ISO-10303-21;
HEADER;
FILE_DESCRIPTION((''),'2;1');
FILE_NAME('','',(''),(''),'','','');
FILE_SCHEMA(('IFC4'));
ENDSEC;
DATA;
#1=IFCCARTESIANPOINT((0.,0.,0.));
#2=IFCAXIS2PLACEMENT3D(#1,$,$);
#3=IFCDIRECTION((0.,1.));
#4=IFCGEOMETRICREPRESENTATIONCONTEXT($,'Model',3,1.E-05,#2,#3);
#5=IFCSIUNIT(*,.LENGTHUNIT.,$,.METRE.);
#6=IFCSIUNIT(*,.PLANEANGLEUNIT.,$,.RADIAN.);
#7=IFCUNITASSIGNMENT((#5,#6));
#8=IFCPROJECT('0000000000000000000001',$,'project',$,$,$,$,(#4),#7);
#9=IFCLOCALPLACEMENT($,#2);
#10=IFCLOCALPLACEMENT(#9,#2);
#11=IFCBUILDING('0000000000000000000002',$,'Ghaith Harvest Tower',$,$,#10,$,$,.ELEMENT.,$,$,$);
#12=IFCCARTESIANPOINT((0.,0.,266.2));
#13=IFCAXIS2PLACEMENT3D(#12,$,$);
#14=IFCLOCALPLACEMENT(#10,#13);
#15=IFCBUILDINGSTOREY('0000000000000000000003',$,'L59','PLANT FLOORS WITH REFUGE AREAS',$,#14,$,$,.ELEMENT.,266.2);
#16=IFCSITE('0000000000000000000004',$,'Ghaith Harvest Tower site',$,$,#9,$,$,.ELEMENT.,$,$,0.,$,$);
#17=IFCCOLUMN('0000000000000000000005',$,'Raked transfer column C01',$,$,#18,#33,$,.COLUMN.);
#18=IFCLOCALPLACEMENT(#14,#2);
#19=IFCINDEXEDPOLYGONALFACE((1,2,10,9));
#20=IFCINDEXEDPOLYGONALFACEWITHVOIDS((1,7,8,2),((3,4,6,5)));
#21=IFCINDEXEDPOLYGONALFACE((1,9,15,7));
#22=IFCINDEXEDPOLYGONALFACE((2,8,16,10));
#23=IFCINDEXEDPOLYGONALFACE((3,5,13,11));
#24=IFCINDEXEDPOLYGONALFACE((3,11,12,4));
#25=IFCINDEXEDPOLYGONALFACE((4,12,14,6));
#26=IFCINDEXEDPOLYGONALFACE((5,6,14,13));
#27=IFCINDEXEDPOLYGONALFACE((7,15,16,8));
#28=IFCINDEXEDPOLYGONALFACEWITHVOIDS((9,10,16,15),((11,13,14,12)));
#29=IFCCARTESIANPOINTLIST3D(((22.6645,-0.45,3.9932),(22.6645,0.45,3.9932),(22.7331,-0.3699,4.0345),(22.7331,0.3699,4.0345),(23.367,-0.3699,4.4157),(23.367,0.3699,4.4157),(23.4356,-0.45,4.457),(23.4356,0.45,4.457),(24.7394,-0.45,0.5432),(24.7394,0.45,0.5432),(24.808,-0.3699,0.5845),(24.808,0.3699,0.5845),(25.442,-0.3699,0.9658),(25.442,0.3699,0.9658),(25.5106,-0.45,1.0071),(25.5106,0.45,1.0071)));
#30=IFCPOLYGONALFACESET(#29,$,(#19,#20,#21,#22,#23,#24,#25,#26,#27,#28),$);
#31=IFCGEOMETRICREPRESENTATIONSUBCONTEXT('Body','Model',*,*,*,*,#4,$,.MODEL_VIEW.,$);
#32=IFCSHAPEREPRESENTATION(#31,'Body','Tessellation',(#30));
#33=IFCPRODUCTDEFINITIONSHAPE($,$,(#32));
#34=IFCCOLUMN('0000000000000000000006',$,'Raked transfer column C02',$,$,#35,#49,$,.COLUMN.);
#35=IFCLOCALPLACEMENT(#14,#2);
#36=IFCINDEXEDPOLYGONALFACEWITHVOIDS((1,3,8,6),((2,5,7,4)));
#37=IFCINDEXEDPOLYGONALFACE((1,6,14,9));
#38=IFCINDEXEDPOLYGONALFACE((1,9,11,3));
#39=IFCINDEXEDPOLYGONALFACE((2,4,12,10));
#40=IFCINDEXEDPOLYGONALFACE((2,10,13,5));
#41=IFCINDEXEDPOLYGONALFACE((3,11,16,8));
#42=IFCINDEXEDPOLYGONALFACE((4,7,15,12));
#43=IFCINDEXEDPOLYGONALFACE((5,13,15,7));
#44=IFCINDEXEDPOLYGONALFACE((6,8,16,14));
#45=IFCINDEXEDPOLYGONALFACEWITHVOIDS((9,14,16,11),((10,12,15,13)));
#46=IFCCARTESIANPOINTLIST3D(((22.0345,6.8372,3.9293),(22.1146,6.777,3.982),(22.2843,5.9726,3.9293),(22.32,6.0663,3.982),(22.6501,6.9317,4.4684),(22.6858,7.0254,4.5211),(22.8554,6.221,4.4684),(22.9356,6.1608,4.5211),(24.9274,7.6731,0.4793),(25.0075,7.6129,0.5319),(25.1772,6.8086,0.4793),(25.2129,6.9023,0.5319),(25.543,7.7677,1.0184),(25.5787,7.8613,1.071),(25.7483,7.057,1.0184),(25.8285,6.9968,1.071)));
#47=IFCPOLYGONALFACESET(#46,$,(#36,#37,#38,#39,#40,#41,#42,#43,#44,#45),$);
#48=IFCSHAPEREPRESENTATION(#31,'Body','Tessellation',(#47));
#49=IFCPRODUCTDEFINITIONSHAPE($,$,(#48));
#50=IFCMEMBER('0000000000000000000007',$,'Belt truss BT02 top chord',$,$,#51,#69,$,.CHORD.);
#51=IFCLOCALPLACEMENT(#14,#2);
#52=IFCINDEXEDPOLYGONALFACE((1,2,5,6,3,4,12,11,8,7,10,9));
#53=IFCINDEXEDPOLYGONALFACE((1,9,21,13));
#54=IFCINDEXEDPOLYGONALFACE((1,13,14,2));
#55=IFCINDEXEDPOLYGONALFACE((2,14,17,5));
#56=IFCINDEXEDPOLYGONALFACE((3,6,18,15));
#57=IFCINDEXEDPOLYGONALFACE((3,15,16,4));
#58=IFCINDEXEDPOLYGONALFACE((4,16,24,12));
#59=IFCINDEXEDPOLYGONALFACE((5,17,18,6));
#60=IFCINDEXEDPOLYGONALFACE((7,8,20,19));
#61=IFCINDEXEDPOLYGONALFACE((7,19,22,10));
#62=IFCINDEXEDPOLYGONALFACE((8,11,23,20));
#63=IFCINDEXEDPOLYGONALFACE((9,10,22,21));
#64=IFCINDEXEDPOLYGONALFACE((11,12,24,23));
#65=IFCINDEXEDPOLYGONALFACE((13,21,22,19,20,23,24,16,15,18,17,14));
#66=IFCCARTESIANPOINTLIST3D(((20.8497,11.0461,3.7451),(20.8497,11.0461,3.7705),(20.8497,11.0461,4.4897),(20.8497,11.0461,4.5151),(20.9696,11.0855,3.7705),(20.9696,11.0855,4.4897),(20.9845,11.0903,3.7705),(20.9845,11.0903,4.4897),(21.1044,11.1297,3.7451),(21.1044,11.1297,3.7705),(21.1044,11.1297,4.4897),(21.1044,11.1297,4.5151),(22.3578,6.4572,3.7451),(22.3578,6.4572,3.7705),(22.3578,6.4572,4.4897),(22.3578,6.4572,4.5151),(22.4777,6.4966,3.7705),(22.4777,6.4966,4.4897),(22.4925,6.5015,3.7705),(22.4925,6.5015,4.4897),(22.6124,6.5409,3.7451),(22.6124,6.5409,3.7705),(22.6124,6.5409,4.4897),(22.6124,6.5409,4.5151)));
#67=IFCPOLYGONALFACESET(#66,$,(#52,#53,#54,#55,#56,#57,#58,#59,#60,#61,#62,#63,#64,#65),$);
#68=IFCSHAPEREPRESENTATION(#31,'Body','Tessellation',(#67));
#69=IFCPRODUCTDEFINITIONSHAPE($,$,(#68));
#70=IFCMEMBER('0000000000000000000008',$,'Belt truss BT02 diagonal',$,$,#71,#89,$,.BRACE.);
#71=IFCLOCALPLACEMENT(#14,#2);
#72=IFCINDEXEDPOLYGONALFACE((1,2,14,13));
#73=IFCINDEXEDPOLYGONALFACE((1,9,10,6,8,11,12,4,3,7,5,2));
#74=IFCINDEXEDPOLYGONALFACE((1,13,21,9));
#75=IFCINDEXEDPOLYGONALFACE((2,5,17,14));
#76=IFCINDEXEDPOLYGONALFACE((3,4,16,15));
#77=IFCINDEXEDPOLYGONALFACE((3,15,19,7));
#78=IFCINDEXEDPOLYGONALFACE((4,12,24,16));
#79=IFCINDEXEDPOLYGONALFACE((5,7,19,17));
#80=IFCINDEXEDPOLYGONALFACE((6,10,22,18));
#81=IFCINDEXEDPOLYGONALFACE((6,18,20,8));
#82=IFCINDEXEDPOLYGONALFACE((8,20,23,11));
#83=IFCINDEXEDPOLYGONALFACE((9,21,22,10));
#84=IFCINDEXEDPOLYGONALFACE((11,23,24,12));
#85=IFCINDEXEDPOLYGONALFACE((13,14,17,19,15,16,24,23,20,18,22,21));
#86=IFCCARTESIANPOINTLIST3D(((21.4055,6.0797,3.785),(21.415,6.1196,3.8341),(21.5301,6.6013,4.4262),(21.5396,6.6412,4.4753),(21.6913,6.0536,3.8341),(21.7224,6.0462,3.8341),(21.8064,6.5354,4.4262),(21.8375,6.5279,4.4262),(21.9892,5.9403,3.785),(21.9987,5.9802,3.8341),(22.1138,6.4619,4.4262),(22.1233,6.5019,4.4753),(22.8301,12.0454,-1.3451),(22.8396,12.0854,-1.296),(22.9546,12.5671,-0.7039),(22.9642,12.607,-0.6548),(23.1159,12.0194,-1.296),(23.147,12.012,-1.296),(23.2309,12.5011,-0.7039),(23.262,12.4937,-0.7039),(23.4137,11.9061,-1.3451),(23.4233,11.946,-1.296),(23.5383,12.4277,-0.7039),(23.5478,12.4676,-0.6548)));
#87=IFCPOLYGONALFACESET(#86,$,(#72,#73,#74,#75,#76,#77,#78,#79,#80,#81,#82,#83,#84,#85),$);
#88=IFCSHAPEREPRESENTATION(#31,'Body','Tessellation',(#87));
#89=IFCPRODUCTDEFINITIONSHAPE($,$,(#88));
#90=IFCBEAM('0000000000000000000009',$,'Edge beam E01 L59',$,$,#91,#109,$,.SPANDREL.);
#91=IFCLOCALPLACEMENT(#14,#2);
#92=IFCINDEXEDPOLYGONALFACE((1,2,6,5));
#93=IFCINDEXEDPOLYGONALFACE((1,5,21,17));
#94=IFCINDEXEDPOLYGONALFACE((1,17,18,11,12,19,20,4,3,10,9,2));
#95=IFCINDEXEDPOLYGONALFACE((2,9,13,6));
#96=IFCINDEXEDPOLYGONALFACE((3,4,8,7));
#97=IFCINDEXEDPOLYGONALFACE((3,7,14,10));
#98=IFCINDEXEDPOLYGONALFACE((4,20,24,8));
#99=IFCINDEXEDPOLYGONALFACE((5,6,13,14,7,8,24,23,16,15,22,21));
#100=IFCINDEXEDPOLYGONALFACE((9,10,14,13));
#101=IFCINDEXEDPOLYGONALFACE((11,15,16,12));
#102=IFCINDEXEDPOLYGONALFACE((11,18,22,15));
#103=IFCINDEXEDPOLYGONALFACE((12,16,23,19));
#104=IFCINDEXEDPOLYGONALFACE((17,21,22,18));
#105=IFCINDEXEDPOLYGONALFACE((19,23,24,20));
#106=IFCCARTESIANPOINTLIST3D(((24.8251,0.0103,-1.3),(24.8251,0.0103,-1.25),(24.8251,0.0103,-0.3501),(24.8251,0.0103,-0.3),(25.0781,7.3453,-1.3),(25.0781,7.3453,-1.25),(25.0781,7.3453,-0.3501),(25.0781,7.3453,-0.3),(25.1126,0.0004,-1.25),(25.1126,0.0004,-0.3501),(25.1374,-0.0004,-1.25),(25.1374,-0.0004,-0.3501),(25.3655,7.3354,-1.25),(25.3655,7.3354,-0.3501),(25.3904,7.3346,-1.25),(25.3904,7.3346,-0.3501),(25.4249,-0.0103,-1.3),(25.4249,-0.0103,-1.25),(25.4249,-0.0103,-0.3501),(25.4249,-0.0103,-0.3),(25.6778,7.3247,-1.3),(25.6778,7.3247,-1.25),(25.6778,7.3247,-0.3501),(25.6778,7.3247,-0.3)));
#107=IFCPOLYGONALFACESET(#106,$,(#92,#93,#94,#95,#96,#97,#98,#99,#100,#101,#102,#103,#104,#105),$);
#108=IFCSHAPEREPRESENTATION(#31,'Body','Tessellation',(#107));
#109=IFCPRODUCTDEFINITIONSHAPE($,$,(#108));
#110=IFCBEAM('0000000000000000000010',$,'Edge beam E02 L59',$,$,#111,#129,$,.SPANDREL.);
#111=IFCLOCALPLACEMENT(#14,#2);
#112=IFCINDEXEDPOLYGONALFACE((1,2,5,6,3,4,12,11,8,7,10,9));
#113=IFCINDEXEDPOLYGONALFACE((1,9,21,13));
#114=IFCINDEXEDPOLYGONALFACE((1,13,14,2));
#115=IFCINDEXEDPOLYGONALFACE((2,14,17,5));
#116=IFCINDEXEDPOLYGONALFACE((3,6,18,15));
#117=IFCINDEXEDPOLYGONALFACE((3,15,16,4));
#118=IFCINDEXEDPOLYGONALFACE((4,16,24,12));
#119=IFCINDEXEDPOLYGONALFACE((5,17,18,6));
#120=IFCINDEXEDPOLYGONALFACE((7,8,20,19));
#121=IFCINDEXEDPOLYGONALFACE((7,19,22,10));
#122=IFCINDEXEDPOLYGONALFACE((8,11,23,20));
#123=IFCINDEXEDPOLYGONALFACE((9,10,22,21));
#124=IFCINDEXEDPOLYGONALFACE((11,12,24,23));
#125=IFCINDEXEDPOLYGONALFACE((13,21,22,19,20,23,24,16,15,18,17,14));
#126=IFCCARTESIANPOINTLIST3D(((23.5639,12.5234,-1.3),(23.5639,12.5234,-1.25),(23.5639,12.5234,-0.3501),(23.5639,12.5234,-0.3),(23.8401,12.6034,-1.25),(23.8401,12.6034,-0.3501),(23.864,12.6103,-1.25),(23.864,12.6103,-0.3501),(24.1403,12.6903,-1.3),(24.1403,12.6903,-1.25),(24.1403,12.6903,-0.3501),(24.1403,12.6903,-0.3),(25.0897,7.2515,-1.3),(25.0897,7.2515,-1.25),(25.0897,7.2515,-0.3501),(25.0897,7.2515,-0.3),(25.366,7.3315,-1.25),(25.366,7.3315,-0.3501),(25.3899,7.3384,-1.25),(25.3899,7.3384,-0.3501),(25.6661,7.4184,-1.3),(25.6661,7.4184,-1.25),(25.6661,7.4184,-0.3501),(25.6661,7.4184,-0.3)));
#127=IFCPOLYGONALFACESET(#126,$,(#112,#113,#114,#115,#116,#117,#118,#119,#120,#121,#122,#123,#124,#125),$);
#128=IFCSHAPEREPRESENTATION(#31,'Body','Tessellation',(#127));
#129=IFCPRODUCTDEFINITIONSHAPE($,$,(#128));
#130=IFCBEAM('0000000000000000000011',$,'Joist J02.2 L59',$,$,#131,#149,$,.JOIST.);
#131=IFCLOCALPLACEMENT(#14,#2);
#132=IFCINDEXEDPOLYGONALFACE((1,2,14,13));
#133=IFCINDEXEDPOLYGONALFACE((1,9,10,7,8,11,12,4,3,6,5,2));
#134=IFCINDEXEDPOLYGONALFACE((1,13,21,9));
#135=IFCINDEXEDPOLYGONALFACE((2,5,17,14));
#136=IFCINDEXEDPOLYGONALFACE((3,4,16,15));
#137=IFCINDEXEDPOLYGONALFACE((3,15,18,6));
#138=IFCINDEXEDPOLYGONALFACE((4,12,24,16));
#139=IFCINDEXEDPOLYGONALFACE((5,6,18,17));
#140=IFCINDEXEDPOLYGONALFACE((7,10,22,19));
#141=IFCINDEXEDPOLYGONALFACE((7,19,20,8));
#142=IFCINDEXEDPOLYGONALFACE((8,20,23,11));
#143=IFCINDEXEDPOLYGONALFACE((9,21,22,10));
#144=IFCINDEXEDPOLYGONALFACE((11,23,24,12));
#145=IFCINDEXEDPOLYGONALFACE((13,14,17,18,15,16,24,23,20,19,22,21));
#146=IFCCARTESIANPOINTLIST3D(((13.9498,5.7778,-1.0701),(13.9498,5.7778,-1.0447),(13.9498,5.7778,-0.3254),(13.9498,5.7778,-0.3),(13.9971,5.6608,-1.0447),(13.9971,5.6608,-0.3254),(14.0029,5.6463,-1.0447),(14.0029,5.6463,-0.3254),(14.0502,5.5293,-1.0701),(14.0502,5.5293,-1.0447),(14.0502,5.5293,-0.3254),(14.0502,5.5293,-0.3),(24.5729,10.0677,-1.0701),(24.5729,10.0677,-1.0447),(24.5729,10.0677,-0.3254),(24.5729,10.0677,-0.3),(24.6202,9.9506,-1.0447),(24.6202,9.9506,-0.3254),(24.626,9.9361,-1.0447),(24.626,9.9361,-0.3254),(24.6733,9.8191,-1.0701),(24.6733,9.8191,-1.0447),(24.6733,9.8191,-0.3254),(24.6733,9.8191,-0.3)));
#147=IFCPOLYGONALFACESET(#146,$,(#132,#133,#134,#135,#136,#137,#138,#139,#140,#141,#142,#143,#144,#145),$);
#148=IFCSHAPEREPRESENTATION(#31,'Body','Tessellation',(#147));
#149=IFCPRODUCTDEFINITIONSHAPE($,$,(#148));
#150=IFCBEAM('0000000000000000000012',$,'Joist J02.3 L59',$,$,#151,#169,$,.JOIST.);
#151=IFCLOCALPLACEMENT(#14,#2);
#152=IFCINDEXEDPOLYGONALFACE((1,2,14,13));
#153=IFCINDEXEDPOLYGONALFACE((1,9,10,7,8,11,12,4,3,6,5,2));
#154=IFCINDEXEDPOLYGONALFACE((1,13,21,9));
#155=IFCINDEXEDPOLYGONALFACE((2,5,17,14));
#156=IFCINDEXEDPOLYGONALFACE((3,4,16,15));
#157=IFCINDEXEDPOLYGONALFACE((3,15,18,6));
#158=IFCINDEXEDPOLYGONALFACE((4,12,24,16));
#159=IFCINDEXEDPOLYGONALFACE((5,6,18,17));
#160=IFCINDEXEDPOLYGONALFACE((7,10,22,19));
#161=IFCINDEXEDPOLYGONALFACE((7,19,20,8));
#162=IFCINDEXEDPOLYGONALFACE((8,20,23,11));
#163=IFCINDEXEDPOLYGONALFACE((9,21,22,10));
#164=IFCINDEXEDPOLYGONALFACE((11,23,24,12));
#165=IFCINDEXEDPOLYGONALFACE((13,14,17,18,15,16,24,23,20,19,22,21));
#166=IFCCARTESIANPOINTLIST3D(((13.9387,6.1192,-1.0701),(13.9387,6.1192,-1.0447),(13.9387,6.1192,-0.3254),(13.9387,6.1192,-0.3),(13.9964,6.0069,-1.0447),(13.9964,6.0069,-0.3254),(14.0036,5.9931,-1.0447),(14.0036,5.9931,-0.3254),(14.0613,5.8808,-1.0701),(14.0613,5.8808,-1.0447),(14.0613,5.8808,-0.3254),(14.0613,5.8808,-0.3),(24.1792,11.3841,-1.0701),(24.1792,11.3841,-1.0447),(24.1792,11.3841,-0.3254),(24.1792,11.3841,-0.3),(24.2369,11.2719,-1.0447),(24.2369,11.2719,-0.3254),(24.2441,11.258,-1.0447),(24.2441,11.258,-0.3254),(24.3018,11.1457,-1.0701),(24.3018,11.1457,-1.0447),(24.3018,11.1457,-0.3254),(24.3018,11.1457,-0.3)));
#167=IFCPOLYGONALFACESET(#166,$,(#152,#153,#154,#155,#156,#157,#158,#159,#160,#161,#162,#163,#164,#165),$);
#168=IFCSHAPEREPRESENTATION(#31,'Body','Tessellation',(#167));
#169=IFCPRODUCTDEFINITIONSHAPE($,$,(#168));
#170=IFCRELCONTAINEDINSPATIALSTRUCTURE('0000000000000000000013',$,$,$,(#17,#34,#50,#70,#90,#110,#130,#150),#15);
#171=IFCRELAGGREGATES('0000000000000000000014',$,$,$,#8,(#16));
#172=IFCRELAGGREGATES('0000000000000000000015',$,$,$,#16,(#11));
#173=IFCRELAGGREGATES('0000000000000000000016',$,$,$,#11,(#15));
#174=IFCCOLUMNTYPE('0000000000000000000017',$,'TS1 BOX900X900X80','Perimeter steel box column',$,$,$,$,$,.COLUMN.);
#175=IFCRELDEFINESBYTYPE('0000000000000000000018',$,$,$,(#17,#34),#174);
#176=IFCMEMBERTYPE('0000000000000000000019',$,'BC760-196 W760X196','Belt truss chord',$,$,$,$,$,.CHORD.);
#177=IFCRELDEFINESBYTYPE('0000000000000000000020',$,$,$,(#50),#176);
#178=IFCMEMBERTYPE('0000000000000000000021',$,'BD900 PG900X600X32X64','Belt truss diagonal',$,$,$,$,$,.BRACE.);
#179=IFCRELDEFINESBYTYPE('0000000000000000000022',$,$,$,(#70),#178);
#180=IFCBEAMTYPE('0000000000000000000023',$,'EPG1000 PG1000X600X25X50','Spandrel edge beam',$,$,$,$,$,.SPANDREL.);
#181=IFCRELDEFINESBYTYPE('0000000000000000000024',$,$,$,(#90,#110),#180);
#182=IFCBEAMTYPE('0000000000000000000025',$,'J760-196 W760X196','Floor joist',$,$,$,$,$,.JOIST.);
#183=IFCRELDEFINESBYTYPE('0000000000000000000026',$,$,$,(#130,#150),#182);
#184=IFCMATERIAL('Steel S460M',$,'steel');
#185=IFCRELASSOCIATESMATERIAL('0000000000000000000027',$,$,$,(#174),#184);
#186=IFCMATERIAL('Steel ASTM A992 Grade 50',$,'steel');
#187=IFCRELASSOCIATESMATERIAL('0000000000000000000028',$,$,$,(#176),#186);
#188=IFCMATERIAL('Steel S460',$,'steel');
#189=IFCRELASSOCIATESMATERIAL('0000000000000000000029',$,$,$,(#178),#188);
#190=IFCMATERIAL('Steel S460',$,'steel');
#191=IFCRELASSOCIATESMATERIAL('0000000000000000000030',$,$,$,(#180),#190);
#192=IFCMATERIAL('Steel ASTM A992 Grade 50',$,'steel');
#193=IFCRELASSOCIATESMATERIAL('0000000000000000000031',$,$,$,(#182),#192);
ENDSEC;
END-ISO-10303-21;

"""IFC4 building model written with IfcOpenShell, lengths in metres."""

from ifc_helpers import new_model, si_unit, direction, frame, origin, origin_2d, place, context, subcontext, project, spatial, hollow_rectangle, i_section, extrude, material, material_profile, profile_set, type_object, element, save


model = new_model("IFC4")

# Units and contexts
model_context = context("Model", 3, precision=1e-05, world=origin(), true_north=direction((0.0, 1.0)))
body_context = subcontext(model_context, "Body", "Model", "MODEL_VIEW")
ifc_project = project(units=[si_unit("LENGTHUNIT", "METRE"), si_unit("PLANEANGLEUNIT", "RADIAN")], contexts=[model_context])

# Site, building, storey
site_placement = place(None, origin())
site = spatial("IfcSite", under=ifc_project, at=site_placement, Name="Ghaith Harvest Tower site", CompositionType="ELEMENT", RefElevation=0.0)
building_placement = place(site_placement, origin())
building = spatial("IfcBuilding", under=site, at=building_placement, Name="Ghaith Harvest Tower", CompositionType="ELEMENT")
storey_placement = place(building_placement, frame((0.0, 0.0, 266.2)))
storey = spatial("IfcBuildingStorey", under=building, at=storey_placement, Name="L59", Description="PLANT FLOORS WITH REFUGE AREAS", CompositionType="ELEMENT", Elevation=266.2)

# Columns
ifc_material_1 = material(Name="Steel S460M", Category="steel")
ifc_material_profile_1 = material_profile(ifc_material_1, hollow_rectangle(XDim=0.8999, YDim=0.8999, WallThickness=0.0801, at=origin_2d()), Name="BOX900X900X80")
ifc_profile_set_1 = profile_set([ifc_material_profile_1], Name="Steel S460M")
column_type = type_object("IfcColumnType", Name="TS1 BOX900X900X80", Description="Perimeter steel box column", PredefinedType="COLUMN", material=ifc_profile_set_1)
column_1_placement = place(storey_placement, frame((25.125, 0.0, 0.7751), z_axis=(-0.515405, 0.0, 0.856947), x_axis=(0.0, -1.0, 0.0)))
element("IfcColumn", 1, at=column_1_placement, inside=storey, type_object=column_type, Name="Raked transfer column C01", PredefinedType="COLUMN", context=body_context, shape_type="SweptSolid", body=[
    extrude(hollow_rectangle(XDim=0.8999, YDim=0.8999, WallThickness=0.0801, at=origin_2d()), origin(), (0.0, 0.0, 1.0), 4.0259),
])
column_2_placement = place(storey_placement, frame((25.3779, 7.335, 0.7751), z_axis=(-0.631726, -0.18255, 0.753391), x_axis=(0.277611, -0.960694, 0.0)))
element("IfcColumn", 2, at=column_2_placement, inside=storey, type_object=column_type, Name="Raked transfer column C02", PredefinedType="COLUMN", context=body_context, shape_type="SweptSolid", body=[
    extrude(hollow_rectangle(XDim=0.8999, YDim=0.8999, WallThickness=0.0801, at=origin_2d()), origin(), (0.0, 0.0, 1.0), 4.5793),
])

# Members
ifc_material_2 = material(Name="Steel ASTM A992 Grade 50", Category="steel")
ifc_material_profile_2 = material_profile(ifc_material_2, i_section(OverallWidth=0.2681, OverallDepth=0.77, WebThickness=0.0156, FlangeThickness=0.0254, at=origin_2d()), Name="W760X196")
ifc_profile_set_2 = profile_set([ifc_material_profile_2], Name="Steel ASTM A992 Grade 50")
member_type_1 = type_object("IfcMemberType", Name="BC760-196 W760X196", Description="Belt truss chord", PredefinedType="CHORD", material=ifc_profile_set_2)
member_1_placement = place(storey_placement, frame((22.4851, 6.499, 4.1301), z_axis=(-0.312207, 0.950014, 0.0), x_axis=(-0.950014, -0.312207, 0.0)))
element("IfcMember", 3, at=member_1_placement, inside=storey, type_object=member_type_1, Name="Belt truss BT02 top chord", PredefinedType="CHORD", context=body_context, shape_type="SweptSolid", body=[
    extrude(i_section(OverallWidth=0.2681, OverallDepth=0.77, WebThickness=0.0156, FlangeThickness=0.0254, at=origin_2d()), origin(), (0.0, 0.0, 1.0), 4.8303),
])
ifc_material_3 = material(Name="Steel S460", Category="steel")
ifc_material_profile_3 = material_profile(ifc_material_3, i_section(OverallWidth=0.6001, OverallDepth=0.8999, WebThickness=0.032, FlangeThickness=0.064, at=origin_2d()), Name="PG900X600X32X64")
ifc_profile_set_3 = profile_set([ifc_material_profile_3], Name="Steel S460")
member_type_2 = type_object("IfcMemberType", Name="BD900 PG900X600X32X64", Description="Belt truss diagonal", PredefinedType="BRACE", material=ifc_profile_set_3)
member_2_placement = place(storey_placement, frame((21.7644, 6.2908, 4.1301), z_axis=(0.178156, 0.746086, -0.641574), x_axis=(-0.972654, 0.232257, 0.0)))
element("IfcMember", 4, at=member_2_placement, inside=storey, type_object=member_type_2, Name="Belt truss BT02 diagonal", PredefinedType="BRACE", context=body_context, shape_type="SweptSolid", body=[
    extrude(i_section(OverallWidth=0.6001, OverallDepth=0.8999, WebThickness=0.032, FlangeThickness=0.064, at=origin_2d()), origin(), (0.0, 0.0, 1.0), 7.9961),
])

# Beams
ifc_material_4 = material(Name="Steel S460", Category="steel")
ifc_material_profile_4 = material_profile(ifc_material_4, i_section(OverallWidth=0.6001, OverallDepth=1.0, WebThickness=0.0249, FlangeThickness=0.05, at=origin_2d()), Name="PG1000X600X25X50")
ifc_profile_set_4 = profile_set([ifc_material_profile_4], Name="Steel S460")
beam_type_1 = type_object("IfcBeamType", Name="EPG1000 PG1000X600X25X50", Description="Spandrel edge beam", PredefinedType="SPANDREL", material=ifc_profile_set_4)
beam_1_placement = place(storey_placement, frame((25.125, 0.0, -0.8), z_axis=(0.034462, 0.999406, 0.0), x_axis=(-0.999406, 0.034462, 0.0)))
element("IfcBeam", 5, at=beam_1_placement, inside=storey, type_object=beam_type_1, Name="Edge beam E01 L59", PredefinedType="SPANDREL", context=body_context, shape_type="SweptSolid", body=[
    extrude(i_section(OverallWidth=0.6001, OverallDepth=1.0, WebThickness=0.0249, FlangeThickness=0.05, at=origin_2d()), origin(), (0.0, 0.0, 1.0), 7.3394),
])
beam_2_placement = place(storey_placement, frame((25.3779, 7.335, -0.8), z_axis=(-0.278021, 0.960575, 0.0), x_axis=(-0.960575, -0.278021, 0.0)))
element("IfcBeam", 6, at=beam_2_placement, inside=storey, type_object=beam_type_1, Name="Edge beam E02 L59", PredefinedType="SPANDREL", context=body_context, shape_type="SweptSolid", body=[
    extrude(i_section(OverallWidth=0.6001, OverallDepth=1.0, WebThickness=0.0249, FlangeThickness=0.05, at=origin_2d()), origin(), (0.0, 0.0, 1.0), 5.4883),
])
ifc_material_5 = material(Name="Steel ASTM A992 Grade 50", Category="steel")
ifc_material_profile_5 = material_profile(ifc_material_5, i_section(OverallWidth=0.2681, OverallDepth=0.77, WebThickness=0.0156, FlangeThickness=0.0254, at=origin_2d()), Name="W760X196")
ifc_profile_set_5 = profile_set([ifc_material_profile_5], Name="Steel ASTM A992 Grade 50")
beam_type_2 = type_object("IfcBeamType", Name="J760-196 W760X196", Description="Floor joist", PredefinedType="JOIST", material=ifc_profile_set_5)
beam_3_placement = place(storey_placement, frame((14.0, 5.6536, -0.6851), z_axis=(0.92725, 0.374442, 0.0), x_axis=(-0.374442, 0.92725, 0.0)))
element("IfcBeam", 7, at=beam_3_placement, inside=storey, type_object=beam_type_2, Name="Joist J02.2 L59", PredefinedType="JOIST", context=body_context, shape_type="SweptSolid", body=[
    extrude(i_section(OverallWidth=0.2681, OverallDepth=0.77, WebThickness=0.0156, FlangeThickness=0.0254, at=origin_2d()), origin(), (0.0, 0.0, 1.0), 11.4565),
])
beam_4_placement = place(storey_placement, frame((14.0, 6.0, -0.6851), z_axis=(0.889346, 0.457235, 0.0), x_axis=(-0.457235, 0.889346, 0.0)))
element("IfcBeam", 8, at=beam_4_placement, inside=storey, type_object=beam_type_2, Name="Joist J02.3 L59", PredefinedType="JOIST", context=body_context, shape_type="SweptSolid", body=[
    extrude(i_section(OverallWidth=0.2681, OverallDepth=0.77, WebThickness=0.0156, FlangeThickness=0.0254, at=origin_2d()), origin(), (0.0, 0.0, 1.0), 11.5146),
])

save(model, "model.ifc")
